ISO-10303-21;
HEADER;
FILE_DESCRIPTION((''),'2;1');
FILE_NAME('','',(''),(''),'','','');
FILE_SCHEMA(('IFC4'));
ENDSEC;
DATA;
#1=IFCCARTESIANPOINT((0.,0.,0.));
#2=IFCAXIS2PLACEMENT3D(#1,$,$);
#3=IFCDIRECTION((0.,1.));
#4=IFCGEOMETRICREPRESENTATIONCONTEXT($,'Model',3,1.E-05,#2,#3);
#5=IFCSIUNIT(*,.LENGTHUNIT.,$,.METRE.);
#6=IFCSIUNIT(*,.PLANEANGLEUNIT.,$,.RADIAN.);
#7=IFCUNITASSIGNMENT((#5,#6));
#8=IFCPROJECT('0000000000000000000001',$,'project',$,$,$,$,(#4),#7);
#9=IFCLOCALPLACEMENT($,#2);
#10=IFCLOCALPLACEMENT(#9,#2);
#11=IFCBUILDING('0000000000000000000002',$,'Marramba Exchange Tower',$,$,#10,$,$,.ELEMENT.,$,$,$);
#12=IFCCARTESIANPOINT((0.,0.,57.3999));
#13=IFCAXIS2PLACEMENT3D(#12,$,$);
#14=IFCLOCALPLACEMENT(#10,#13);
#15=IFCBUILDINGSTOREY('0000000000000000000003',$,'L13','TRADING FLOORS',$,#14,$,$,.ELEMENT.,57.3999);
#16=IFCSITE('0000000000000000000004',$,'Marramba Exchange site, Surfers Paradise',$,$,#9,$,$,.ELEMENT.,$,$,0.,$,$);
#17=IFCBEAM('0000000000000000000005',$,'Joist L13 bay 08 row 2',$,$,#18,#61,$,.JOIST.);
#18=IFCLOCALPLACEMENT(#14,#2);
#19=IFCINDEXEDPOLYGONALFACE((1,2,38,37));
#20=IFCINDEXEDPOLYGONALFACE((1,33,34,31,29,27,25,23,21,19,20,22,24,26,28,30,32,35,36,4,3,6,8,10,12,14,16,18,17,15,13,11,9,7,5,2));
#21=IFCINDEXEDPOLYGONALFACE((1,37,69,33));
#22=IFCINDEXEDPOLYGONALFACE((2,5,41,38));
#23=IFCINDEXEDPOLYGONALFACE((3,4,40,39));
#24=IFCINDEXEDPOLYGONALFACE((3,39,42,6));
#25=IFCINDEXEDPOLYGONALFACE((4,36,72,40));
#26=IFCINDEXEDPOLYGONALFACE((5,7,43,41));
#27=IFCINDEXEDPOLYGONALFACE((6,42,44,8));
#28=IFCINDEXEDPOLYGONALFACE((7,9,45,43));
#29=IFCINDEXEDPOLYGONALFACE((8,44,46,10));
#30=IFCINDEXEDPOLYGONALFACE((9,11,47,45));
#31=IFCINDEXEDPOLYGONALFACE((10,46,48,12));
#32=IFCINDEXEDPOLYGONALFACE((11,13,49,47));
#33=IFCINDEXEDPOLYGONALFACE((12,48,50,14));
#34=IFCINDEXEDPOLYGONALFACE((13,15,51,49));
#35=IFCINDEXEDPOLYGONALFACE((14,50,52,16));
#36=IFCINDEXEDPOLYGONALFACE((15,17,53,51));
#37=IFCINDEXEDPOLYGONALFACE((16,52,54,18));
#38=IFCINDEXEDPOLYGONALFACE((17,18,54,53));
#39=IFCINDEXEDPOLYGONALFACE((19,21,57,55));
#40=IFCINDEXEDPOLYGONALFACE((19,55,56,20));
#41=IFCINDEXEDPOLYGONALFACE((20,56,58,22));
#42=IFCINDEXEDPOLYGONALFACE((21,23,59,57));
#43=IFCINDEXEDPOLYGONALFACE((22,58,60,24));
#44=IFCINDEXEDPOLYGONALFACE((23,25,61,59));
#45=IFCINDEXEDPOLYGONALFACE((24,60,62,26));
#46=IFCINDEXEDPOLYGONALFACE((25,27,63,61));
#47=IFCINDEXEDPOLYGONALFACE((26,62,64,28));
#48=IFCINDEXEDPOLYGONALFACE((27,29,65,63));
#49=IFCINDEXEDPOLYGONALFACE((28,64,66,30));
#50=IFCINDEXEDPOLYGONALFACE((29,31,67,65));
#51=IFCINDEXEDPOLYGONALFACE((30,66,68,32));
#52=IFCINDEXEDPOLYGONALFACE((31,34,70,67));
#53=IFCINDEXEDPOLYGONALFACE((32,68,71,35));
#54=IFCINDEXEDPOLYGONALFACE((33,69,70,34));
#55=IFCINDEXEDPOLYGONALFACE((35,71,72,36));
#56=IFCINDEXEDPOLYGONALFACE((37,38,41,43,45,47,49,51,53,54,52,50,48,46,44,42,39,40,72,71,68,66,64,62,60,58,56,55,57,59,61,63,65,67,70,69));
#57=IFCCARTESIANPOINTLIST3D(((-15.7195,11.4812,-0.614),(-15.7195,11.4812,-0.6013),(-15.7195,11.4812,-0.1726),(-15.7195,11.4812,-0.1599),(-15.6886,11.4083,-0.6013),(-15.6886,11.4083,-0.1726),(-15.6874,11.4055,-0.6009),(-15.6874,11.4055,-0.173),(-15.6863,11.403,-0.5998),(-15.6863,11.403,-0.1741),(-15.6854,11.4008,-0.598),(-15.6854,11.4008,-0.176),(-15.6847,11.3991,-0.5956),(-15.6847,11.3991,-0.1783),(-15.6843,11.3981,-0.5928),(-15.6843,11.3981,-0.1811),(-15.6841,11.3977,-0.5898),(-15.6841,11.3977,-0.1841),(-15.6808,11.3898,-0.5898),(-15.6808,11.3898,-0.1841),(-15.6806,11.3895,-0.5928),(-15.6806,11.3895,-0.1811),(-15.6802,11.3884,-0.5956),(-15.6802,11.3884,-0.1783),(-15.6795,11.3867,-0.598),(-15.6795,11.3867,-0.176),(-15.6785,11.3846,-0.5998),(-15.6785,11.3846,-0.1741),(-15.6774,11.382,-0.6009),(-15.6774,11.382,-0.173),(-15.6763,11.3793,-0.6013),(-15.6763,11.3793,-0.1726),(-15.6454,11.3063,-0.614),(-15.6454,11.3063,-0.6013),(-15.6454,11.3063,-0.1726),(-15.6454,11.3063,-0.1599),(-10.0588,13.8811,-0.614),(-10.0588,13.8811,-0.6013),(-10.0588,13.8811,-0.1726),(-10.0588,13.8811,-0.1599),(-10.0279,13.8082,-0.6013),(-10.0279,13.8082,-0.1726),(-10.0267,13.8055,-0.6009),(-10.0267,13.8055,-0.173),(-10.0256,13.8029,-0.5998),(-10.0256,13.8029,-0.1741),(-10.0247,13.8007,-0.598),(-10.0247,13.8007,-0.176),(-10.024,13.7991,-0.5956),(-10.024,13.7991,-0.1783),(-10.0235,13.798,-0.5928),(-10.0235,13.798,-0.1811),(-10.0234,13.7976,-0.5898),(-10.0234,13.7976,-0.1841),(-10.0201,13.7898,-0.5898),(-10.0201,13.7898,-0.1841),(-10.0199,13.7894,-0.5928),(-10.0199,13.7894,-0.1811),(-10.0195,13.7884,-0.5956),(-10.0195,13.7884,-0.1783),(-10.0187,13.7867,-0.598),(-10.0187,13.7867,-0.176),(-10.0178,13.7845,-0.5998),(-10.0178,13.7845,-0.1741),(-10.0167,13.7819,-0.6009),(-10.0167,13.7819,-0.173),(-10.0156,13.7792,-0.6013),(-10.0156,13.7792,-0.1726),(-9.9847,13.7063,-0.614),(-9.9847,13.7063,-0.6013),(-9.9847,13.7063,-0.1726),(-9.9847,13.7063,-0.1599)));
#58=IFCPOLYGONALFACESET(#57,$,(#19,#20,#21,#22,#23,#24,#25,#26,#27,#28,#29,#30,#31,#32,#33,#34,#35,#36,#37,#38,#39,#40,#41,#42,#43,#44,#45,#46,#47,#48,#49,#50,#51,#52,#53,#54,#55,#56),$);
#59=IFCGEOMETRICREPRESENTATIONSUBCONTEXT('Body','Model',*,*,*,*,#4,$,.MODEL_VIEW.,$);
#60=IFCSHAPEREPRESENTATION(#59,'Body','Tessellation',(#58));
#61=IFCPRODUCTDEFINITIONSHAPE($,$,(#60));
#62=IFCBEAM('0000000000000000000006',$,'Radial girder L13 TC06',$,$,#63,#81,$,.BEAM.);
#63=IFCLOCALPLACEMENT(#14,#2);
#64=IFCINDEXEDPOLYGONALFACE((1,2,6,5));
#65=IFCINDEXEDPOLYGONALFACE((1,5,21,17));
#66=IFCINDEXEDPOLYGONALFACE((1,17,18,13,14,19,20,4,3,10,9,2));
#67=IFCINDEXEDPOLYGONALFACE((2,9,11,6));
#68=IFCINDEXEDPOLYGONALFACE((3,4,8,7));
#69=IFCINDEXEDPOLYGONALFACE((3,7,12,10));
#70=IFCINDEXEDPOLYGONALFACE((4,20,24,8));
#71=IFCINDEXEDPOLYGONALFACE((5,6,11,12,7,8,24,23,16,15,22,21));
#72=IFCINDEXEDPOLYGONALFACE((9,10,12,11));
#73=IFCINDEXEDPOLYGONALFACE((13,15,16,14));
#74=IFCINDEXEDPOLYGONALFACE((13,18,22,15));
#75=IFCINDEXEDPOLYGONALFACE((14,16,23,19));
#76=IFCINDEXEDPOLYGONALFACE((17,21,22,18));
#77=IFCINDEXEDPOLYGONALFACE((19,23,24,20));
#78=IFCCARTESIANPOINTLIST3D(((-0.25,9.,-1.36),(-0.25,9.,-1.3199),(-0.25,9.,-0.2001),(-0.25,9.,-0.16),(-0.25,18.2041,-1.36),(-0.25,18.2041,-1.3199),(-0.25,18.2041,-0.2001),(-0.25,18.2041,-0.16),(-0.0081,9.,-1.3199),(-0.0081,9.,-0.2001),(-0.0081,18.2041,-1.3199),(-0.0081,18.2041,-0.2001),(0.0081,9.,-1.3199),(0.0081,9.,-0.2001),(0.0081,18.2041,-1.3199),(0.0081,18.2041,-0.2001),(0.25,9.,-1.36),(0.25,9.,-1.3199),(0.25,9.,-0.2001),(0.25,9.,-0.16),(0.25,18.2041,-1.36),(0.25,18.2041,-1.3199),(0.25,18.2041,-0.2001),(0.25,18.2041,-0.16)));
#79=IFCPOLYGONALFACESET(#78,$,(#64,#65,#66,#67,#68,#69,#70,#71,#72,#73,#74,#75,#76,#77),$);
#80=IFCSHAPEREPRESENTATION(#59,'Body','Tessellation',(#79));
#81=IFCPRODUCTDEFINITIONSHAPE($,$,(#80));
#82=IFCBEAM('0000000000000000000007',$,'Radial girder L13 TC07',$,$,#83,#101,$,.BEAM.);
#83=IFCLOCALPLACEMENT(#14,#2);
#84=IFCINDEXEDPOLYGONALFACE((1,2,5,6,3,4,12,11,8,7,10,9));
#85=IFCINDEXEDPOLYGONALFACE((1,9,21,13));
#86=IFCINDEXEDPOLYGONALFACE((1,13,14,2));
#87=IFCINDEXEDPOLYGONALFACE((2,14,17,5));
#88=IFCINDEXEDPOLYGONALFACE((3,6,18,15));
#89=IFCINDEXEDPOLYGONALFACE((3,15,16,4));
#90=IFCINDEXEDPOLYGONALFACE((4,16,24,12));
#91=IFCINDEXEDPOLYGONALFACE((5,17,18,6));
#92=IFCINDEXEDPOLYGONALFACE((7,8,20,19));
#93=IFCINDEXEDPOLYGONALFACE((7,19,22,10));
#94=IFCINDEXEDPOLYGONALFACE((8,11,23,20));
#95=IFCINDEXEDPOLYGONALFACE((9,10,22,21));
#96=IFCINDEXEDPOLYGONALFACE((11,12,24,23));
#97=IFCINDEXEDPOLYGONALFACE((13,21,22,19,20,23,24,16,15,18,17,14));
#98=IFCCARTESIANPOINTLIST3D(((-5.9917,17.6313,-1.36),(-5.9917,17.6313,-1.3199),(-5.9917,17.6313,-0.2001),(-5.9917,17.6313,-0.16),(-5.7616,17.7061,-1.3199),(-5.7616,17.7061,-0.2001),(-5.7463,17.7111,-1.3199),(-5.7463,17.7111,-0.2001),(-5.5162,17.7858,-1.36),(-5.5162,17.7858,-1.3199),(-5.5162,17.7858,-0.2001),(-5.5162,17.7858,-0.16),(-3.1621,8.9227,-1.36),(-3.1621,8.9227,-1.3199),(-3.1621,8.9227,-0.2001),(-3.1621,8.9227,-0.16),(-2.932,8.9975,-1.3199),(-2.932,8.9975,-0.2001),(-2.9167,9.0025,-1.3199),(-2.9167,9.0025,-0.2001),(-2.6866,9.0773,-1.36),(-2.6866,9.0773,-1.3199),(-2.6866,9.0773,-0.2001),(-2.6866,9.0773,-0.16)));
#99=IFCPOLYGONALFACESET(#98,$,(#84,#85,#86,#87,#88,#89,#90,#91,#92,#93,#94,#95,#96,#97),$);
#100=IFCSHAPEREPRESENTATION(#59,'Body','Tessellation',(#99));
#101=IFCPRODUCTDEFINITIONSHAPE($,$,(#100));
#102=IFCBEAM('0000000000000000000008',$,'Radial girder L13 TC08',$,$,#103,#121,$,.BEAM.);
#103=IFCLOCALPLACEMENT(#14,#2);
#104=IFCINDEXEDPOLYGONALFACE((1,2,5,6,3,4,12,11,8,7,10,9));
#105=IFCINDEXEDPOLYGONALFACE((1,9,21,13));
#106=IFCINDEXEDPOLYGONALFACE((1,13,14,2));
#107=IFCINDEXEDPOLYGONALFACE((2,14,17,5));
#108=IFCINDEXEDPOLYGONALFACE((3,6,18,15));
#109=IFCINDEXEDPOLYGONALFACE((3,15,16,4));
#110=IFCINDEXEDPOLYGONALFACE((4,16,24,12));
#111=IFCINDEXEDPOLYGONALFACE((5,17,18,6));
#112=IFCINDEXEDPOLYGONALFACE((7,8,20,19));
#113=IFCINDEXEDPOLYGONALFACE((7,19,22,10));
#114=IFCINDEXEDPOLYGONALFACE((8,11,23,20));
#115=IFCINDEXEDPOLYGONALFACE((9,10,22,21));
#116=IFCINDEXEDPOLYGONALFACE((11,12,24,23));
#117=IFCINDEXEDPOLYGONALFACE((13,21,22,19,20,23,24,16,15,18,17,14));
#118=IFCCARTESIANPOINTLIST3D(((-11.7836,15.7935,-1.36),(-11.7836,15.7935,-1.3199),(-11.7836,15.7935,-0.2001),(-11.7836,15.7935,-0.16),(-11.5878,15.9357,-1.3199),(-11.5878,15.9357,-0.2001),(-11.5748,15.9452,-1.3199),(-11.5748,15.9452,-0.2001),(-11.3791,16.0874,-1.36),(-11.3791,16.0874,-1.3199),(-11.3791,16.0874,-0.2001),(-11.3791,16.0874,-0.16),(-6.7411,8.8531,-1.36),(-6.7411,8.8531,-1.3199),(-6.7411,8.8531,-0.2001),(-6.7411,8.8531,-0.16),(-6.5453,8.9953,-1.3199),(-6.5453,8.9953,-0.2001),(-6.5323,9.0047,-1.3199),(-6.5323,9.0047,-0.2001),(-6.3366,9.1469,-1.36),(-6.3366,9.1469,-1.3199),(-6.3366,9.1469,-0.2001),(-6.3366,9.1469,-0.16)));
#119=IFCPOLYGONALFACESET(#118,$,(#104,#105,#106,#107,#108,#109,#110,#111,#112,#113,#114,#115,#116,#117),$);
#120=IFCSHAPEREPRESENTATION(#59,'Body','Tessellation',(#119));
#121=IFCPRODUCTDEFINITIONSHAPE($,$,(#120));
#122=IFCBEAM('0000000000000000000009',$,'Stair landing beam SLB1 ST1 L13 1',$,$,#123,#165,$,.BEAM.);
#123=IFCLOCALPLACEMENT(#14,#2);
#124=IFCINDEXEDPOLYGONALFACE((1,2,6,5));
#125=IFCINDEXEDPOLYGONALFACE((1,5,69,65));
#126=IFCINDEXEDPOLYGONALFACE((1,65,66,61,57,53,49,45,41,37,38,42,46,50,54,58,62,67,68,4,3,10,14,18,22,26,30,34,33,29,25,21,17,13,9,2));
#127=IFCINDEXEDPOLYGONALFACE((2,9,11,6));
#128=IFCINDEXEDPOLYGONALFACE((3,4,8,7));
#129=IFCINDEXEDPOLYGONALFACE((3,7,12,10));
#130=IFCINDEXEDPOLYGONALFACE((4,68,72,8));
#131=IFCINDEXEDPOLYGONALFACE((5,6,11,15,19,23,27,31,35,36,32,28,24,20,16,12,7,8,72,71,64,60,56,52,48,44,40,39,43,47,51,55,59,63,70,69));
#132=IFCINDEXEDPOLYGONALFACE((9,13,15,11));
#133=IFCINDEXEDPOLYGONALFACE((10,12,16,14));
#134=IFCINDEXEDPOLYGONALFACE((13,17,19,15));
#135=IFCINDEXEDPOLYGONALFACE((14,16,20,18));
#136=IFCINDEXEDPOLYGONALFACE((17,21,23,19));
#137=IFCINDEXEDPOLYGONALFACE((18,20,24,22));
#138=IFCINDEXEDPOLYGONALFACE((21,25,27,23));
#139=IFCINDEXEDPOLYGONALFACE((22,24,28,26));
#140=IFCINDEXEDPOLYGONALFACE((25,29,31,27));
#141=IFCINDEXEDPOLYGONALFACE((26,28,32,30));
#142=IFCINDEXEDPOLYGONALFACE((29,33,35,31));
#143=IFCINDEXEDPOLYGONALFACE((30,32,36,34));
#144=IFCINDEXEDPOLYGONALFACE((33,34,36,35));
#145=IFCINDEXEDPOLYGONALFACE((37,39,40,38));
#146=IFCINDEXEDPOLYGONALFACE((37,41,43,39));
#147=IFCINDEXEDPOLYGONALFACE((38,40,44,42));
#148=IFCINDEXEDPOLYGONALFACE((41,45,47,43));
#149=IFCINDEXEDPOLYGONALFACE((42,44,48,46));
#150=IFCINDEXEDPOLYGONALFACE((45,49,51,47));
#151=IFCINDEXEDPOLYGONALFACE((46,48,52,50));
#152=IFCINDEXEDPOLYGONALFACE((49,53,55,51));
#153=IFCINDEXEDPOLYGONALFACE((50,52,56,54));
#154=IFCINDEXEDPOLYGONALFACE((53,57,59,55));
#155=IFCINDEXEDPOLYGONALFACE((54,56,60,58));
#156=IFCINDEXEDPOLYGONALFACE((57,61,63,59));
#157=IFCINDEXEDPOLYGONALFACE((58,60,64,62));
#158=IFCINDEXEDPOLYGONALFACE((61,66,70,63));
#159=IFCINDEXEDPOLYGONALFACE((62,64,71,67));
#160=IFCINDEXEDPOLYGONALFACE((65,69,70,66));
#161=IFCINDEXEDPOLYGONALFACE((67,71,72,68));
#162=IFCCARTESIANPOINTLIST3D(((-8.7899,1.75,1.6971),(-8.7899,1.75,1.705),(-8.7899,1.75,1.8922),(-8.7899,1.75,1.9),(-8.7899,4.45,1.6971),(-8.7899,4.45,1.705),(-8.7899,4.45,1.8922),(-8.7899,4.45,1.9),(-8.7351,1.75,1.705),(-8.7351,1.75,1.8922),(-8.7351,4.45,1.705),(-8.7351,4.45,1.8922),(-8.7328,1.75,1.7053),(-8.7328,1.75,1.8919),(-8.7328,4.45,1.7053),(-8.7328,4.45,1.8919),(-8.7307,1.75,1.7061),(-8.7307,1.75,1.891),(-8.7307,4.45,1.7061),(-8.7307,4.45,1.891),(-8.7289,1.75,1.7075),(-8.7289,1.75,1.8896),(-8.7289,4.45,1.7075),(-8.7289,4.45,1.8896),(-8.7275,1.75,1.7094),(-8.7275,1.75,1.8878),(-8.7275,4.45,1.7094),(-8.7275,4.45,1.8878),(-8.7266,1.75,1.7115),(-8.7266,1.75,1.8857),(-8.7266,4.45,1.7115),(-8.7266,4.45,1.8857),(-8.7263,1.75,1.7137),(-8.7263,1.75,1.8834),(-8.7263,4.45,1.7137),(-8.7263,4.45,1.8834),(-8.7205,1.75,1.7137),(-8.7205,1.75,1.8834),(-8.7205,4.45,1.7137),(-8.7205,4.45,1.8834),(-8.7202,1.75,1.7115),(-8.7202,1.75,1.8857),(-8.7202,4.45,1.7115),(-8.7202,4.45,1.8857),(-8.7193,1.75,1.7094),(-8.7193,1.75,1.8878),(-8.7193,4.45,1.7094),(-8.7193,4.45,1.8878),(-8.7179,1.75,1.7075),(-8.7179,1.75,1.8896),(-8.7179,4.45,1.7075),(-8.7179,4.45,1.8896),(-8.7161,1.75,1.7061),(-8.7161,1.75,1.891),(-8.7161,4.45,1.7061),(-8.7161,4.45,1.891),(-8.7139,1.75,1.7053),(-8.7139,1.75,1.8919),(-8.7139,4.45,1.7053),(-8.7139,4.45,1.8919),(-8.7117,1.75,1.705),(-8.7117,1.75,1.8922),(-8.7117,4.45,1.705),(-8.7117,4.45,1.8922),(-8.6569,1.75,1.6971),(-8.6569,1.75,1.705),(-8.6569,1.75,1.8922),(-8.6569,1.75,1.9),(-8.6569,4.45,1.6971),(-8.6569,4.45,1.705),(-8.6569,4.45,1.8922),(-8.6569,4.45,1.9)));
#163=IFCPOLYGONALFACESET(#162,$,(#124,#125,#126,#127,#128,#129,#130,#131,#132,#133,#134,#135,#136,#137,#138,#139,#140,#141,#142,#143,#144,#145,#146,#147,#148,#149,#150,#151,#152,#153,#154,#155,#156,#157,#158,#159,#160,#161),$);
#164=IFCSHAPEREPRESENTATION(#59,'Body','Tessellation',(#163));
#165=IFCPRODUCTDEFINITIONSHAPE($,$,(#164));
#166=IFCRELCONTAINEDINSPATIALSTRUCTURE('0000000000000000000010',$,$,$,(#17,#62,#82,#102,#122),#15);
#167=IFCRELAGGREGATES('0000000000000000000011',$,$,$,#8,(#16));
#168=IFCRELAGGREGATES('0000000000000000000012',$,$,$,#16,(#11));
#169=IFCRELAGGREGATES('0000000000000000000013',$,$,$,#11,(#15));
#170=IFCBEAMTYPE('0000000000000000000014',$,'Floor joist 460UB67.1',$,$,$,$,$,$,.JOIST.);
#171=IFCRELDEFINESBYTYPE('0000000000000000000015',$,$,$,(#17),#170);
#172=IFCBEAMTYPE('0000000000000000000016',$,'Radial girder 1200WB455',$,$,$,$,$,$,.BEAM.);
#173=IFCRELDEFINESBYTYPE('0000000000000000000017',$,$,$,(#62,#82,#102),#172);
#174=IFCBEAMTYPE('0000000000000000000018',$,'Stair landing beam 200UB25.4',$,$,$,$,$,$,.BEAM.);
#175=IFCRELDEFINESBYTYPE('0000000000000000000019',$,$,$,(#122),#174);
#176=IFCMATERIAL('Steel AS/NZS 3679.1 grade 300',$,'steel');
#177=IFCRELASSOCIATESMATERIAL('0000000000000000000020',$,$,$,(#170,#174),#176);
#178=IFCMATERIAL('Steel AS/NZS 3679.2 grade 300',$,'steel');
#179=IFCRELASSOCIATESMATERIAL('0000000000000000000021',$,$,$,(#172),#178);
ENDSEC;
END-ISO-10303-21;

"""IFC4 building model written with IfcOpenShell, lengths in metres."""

from ifc_helpers import new_model, si_unit, direction, frame, origin, origin_2d, place, context, subcontext, project, spatial, i_section, extrude, material, material_profile, profile_set, type_object, element, save


model = new_model("IFC4")

# Units and contexts
model_context = context("Model", 3, precision=1e-05, world=origin(), true_north=direction((0.0, 1.0)))
body_context = subcontext(model_context, "Body", "Model", "MODEL_VIEW")
ifc_project = project(units=[si_unit("LENGTHUNIT", "METRE"), si_unit("PLANEANGLEUNIT", "RADIAN")], contexts=[model_context])

# Site, building, storey
site_placement = place(None, origin())
site = spatial("IfcSite", under=ifc_project, at=site_placement, Name="Marramba Exchange site, Surfers Paradise", CompositionType="ELEMENT", RefElevation=0.0)
building_placement = place(site_placement, origin())
building = spatial("IfcBuilding", under=site, at=building_placement, Name="Marramba Exchange Tower", CompositionType="ELEMENT")
storey_placement = place(building_placement, frame((0.0, 0.0, 57.3999)))
storey = spatial("IfcBuildingStorey", under=building, at=storey_placement, Name="L13", Description="TRADING FLOORS", CompositionType="ELEMENT", Elevation=57.3999)

# Beams
ifc_material_1 = material(Name="Steel AS/NZS 3679.1 grade 300", Category="steel")
ifc_material_profile_1 = material_profile(ifc_material_1, i_section(OverallWidth=0.1899, OverallDepth=0.4541, WebThickness=0.0085, FlangeThickness=0.0127, FilletRadius=0.0115, at=origin_2d()), Name="460UB67.1")
ifc_profile_set_1 = profile_set([ifc_material_profile_1], Name="Steel AS/NZS 3679.1 grade 300")
beam_type_1 = type_object("IfcBeamType", Name="Floor joist 460UB67.1", PredefinedType="JOIST", material=ifc_profile_set_1)
beam_1_placement = place(storey_placement, frame((-10.0217, 13.7937, -0.387), z_axis=(-0.920674, -0.390332, 0.0), x_axis=(0.390332, -0.920674, 0.0)))
element("IfcBeam", 1, at=beam_1_placement, inside=storey, type_object=beam_type_1, Name="Joist L13 bay 08 row 2", PredefinedType="JOIST", context=body_context, shape_type="SweptSolid", body=[
    extrude(i_section(OverallWidth=0.1899, OverallDepth=0.4541, WebThickness=0.0085, FlangeThickness=0.0127, FilletRadius=0.0115, at=origin_2d()), origin(), (0.0, 0.0, 1.0), 6.1484),
])
ifc_material_2 = material(Name="Steel AS/NZS 3679.2 grade 300", Category="steel")
ifc_material_profile_2 = material_profile(ifc_material_2, i_section(OverallWidth=0.5, OverallDepth=1.2, WebThickness=0.0161, FlangeThickness=0.04, at=origin_2d()), Name="1200WB455")
ifc_profile_set_2 = profile_set([ifc_material_profile_2], Name="Steel AS/NZS 3679.2 grade 300")
beam_type_2 = type_object("IfcBeamType", Name="Radial girder 1200WB455", PredefinedType="BEAM", material=ifc_profile_set_2)
beam_2_placement = place(storey_placement, frame((0.0, 9.0, -0.76), z_axis=(0.0, 1.0, 0.0), x_axis=(-1.0, 0.0, 0.0)))
element("IfcBeam", 2, at=beam_2_placement, inside=storey, type_object=beam_type_2, Name="Radial girder L13 TC06", PredefinedType="BEAM", context=body_context, shape_type="SweptSolid", body=[
    extrude(i_section(OverallWidth=0.5, OverallDepth=1.2, WebThickness=0.0161, FlangeThickness=0.04, at=origin_2d()), origin(), (0.0, 0.0, 1.0), 9.2041),
])
beam_3_placement = place(storey_placement, frame((-2.9243, 9.0, -0.76), z_axis=(-0.30902, 0.951056, 0.0), x_axis=(-0.951056, -0.30902, 0.0)))
element("IfcBeam", 3, at=beam_3_placement, inside=storey, type_object=beam_type_2, Name="Radial girder L13 TC07", PredefinedType="BEAM", context=body_context, shape_type="SweptSolid", body=[
    extrude(i_section(OverallWidth=0.5, OverallDepth=1.2, WebThickness=0.0161, FlangeThickness=0.04, at=origin_2d()), origin(), (0.0, 0.0, 1.0), 9.1567),
])
beam_4_placement = place(storey_placement, frame((-6.5388, 9.0, -0.76), z_axis=(-0.587782, 0.809019, 0.0), x_axis=(-0.809019, -0.587782, 0.0)))
element("IfcBeam", 4, at=beam_4_placement, inside=storey, type_object=beam_type_2, Name="Radial girder L13 TC08", PredefinedType="BEAM", context=body_context, shape_type="SweptSolid", body=[
    extrude(i_section(OverallWidth=0.5, OverallDepth=1.2, WebThickness=0.0161, FlangeThickness=0.04, at=origin_2d()), origin(), (0.0, 0.0, 1.0), 8.5789),
])
ifc_material_profile_3 = material_profile(ifc_material_1, i_section(OverallWidth=0.1331, OverallDepth=0.2029, WebThickness=0.0059, FlangeThickness=0.0078, FilletRadius=0.0088, at=origin_2d()), Name="200UB25.4")
ifc_profile_set_3 = profile_set([ifc_material_profile_3], Name="Steel AS/NZS 3679.1 grade 300")
beam_type_3 = type_object("IfcBeamType", Name="Stair landing beam 200UB25.4", PredefinedType="BEAM", material=ifc_profile_set_3)
for number, where, z_axis, x_axis, name in (
    (5, (-8.7234, 1.75, 1.7986), (0.0, 1.0, 0.0), (-1.0, 0.0, 0.0), "Stair landing beam SLB1 ST1 L13 1"),
):
    element("IfcBeam", number, at=place(storey_placement, frame(where, z_axis=z_axis, x_axis=x_axis)), inside=storey, type_object=beam_type_3, Name=name, PredefinedType="BEAM", context=body_context, shape_type="SweptSolid", body=[
        extrude(i_section(OverallWidth=0.1331, OverallDepth=0.2029, WebThickness=0.0059, FlangeThickness=0.0078, FilletRadius=0.0088, at=origin_2d()), origin(), (0.0, 0.0, 1.0), 2.7),
    ])

save(model, "model.ifc")
